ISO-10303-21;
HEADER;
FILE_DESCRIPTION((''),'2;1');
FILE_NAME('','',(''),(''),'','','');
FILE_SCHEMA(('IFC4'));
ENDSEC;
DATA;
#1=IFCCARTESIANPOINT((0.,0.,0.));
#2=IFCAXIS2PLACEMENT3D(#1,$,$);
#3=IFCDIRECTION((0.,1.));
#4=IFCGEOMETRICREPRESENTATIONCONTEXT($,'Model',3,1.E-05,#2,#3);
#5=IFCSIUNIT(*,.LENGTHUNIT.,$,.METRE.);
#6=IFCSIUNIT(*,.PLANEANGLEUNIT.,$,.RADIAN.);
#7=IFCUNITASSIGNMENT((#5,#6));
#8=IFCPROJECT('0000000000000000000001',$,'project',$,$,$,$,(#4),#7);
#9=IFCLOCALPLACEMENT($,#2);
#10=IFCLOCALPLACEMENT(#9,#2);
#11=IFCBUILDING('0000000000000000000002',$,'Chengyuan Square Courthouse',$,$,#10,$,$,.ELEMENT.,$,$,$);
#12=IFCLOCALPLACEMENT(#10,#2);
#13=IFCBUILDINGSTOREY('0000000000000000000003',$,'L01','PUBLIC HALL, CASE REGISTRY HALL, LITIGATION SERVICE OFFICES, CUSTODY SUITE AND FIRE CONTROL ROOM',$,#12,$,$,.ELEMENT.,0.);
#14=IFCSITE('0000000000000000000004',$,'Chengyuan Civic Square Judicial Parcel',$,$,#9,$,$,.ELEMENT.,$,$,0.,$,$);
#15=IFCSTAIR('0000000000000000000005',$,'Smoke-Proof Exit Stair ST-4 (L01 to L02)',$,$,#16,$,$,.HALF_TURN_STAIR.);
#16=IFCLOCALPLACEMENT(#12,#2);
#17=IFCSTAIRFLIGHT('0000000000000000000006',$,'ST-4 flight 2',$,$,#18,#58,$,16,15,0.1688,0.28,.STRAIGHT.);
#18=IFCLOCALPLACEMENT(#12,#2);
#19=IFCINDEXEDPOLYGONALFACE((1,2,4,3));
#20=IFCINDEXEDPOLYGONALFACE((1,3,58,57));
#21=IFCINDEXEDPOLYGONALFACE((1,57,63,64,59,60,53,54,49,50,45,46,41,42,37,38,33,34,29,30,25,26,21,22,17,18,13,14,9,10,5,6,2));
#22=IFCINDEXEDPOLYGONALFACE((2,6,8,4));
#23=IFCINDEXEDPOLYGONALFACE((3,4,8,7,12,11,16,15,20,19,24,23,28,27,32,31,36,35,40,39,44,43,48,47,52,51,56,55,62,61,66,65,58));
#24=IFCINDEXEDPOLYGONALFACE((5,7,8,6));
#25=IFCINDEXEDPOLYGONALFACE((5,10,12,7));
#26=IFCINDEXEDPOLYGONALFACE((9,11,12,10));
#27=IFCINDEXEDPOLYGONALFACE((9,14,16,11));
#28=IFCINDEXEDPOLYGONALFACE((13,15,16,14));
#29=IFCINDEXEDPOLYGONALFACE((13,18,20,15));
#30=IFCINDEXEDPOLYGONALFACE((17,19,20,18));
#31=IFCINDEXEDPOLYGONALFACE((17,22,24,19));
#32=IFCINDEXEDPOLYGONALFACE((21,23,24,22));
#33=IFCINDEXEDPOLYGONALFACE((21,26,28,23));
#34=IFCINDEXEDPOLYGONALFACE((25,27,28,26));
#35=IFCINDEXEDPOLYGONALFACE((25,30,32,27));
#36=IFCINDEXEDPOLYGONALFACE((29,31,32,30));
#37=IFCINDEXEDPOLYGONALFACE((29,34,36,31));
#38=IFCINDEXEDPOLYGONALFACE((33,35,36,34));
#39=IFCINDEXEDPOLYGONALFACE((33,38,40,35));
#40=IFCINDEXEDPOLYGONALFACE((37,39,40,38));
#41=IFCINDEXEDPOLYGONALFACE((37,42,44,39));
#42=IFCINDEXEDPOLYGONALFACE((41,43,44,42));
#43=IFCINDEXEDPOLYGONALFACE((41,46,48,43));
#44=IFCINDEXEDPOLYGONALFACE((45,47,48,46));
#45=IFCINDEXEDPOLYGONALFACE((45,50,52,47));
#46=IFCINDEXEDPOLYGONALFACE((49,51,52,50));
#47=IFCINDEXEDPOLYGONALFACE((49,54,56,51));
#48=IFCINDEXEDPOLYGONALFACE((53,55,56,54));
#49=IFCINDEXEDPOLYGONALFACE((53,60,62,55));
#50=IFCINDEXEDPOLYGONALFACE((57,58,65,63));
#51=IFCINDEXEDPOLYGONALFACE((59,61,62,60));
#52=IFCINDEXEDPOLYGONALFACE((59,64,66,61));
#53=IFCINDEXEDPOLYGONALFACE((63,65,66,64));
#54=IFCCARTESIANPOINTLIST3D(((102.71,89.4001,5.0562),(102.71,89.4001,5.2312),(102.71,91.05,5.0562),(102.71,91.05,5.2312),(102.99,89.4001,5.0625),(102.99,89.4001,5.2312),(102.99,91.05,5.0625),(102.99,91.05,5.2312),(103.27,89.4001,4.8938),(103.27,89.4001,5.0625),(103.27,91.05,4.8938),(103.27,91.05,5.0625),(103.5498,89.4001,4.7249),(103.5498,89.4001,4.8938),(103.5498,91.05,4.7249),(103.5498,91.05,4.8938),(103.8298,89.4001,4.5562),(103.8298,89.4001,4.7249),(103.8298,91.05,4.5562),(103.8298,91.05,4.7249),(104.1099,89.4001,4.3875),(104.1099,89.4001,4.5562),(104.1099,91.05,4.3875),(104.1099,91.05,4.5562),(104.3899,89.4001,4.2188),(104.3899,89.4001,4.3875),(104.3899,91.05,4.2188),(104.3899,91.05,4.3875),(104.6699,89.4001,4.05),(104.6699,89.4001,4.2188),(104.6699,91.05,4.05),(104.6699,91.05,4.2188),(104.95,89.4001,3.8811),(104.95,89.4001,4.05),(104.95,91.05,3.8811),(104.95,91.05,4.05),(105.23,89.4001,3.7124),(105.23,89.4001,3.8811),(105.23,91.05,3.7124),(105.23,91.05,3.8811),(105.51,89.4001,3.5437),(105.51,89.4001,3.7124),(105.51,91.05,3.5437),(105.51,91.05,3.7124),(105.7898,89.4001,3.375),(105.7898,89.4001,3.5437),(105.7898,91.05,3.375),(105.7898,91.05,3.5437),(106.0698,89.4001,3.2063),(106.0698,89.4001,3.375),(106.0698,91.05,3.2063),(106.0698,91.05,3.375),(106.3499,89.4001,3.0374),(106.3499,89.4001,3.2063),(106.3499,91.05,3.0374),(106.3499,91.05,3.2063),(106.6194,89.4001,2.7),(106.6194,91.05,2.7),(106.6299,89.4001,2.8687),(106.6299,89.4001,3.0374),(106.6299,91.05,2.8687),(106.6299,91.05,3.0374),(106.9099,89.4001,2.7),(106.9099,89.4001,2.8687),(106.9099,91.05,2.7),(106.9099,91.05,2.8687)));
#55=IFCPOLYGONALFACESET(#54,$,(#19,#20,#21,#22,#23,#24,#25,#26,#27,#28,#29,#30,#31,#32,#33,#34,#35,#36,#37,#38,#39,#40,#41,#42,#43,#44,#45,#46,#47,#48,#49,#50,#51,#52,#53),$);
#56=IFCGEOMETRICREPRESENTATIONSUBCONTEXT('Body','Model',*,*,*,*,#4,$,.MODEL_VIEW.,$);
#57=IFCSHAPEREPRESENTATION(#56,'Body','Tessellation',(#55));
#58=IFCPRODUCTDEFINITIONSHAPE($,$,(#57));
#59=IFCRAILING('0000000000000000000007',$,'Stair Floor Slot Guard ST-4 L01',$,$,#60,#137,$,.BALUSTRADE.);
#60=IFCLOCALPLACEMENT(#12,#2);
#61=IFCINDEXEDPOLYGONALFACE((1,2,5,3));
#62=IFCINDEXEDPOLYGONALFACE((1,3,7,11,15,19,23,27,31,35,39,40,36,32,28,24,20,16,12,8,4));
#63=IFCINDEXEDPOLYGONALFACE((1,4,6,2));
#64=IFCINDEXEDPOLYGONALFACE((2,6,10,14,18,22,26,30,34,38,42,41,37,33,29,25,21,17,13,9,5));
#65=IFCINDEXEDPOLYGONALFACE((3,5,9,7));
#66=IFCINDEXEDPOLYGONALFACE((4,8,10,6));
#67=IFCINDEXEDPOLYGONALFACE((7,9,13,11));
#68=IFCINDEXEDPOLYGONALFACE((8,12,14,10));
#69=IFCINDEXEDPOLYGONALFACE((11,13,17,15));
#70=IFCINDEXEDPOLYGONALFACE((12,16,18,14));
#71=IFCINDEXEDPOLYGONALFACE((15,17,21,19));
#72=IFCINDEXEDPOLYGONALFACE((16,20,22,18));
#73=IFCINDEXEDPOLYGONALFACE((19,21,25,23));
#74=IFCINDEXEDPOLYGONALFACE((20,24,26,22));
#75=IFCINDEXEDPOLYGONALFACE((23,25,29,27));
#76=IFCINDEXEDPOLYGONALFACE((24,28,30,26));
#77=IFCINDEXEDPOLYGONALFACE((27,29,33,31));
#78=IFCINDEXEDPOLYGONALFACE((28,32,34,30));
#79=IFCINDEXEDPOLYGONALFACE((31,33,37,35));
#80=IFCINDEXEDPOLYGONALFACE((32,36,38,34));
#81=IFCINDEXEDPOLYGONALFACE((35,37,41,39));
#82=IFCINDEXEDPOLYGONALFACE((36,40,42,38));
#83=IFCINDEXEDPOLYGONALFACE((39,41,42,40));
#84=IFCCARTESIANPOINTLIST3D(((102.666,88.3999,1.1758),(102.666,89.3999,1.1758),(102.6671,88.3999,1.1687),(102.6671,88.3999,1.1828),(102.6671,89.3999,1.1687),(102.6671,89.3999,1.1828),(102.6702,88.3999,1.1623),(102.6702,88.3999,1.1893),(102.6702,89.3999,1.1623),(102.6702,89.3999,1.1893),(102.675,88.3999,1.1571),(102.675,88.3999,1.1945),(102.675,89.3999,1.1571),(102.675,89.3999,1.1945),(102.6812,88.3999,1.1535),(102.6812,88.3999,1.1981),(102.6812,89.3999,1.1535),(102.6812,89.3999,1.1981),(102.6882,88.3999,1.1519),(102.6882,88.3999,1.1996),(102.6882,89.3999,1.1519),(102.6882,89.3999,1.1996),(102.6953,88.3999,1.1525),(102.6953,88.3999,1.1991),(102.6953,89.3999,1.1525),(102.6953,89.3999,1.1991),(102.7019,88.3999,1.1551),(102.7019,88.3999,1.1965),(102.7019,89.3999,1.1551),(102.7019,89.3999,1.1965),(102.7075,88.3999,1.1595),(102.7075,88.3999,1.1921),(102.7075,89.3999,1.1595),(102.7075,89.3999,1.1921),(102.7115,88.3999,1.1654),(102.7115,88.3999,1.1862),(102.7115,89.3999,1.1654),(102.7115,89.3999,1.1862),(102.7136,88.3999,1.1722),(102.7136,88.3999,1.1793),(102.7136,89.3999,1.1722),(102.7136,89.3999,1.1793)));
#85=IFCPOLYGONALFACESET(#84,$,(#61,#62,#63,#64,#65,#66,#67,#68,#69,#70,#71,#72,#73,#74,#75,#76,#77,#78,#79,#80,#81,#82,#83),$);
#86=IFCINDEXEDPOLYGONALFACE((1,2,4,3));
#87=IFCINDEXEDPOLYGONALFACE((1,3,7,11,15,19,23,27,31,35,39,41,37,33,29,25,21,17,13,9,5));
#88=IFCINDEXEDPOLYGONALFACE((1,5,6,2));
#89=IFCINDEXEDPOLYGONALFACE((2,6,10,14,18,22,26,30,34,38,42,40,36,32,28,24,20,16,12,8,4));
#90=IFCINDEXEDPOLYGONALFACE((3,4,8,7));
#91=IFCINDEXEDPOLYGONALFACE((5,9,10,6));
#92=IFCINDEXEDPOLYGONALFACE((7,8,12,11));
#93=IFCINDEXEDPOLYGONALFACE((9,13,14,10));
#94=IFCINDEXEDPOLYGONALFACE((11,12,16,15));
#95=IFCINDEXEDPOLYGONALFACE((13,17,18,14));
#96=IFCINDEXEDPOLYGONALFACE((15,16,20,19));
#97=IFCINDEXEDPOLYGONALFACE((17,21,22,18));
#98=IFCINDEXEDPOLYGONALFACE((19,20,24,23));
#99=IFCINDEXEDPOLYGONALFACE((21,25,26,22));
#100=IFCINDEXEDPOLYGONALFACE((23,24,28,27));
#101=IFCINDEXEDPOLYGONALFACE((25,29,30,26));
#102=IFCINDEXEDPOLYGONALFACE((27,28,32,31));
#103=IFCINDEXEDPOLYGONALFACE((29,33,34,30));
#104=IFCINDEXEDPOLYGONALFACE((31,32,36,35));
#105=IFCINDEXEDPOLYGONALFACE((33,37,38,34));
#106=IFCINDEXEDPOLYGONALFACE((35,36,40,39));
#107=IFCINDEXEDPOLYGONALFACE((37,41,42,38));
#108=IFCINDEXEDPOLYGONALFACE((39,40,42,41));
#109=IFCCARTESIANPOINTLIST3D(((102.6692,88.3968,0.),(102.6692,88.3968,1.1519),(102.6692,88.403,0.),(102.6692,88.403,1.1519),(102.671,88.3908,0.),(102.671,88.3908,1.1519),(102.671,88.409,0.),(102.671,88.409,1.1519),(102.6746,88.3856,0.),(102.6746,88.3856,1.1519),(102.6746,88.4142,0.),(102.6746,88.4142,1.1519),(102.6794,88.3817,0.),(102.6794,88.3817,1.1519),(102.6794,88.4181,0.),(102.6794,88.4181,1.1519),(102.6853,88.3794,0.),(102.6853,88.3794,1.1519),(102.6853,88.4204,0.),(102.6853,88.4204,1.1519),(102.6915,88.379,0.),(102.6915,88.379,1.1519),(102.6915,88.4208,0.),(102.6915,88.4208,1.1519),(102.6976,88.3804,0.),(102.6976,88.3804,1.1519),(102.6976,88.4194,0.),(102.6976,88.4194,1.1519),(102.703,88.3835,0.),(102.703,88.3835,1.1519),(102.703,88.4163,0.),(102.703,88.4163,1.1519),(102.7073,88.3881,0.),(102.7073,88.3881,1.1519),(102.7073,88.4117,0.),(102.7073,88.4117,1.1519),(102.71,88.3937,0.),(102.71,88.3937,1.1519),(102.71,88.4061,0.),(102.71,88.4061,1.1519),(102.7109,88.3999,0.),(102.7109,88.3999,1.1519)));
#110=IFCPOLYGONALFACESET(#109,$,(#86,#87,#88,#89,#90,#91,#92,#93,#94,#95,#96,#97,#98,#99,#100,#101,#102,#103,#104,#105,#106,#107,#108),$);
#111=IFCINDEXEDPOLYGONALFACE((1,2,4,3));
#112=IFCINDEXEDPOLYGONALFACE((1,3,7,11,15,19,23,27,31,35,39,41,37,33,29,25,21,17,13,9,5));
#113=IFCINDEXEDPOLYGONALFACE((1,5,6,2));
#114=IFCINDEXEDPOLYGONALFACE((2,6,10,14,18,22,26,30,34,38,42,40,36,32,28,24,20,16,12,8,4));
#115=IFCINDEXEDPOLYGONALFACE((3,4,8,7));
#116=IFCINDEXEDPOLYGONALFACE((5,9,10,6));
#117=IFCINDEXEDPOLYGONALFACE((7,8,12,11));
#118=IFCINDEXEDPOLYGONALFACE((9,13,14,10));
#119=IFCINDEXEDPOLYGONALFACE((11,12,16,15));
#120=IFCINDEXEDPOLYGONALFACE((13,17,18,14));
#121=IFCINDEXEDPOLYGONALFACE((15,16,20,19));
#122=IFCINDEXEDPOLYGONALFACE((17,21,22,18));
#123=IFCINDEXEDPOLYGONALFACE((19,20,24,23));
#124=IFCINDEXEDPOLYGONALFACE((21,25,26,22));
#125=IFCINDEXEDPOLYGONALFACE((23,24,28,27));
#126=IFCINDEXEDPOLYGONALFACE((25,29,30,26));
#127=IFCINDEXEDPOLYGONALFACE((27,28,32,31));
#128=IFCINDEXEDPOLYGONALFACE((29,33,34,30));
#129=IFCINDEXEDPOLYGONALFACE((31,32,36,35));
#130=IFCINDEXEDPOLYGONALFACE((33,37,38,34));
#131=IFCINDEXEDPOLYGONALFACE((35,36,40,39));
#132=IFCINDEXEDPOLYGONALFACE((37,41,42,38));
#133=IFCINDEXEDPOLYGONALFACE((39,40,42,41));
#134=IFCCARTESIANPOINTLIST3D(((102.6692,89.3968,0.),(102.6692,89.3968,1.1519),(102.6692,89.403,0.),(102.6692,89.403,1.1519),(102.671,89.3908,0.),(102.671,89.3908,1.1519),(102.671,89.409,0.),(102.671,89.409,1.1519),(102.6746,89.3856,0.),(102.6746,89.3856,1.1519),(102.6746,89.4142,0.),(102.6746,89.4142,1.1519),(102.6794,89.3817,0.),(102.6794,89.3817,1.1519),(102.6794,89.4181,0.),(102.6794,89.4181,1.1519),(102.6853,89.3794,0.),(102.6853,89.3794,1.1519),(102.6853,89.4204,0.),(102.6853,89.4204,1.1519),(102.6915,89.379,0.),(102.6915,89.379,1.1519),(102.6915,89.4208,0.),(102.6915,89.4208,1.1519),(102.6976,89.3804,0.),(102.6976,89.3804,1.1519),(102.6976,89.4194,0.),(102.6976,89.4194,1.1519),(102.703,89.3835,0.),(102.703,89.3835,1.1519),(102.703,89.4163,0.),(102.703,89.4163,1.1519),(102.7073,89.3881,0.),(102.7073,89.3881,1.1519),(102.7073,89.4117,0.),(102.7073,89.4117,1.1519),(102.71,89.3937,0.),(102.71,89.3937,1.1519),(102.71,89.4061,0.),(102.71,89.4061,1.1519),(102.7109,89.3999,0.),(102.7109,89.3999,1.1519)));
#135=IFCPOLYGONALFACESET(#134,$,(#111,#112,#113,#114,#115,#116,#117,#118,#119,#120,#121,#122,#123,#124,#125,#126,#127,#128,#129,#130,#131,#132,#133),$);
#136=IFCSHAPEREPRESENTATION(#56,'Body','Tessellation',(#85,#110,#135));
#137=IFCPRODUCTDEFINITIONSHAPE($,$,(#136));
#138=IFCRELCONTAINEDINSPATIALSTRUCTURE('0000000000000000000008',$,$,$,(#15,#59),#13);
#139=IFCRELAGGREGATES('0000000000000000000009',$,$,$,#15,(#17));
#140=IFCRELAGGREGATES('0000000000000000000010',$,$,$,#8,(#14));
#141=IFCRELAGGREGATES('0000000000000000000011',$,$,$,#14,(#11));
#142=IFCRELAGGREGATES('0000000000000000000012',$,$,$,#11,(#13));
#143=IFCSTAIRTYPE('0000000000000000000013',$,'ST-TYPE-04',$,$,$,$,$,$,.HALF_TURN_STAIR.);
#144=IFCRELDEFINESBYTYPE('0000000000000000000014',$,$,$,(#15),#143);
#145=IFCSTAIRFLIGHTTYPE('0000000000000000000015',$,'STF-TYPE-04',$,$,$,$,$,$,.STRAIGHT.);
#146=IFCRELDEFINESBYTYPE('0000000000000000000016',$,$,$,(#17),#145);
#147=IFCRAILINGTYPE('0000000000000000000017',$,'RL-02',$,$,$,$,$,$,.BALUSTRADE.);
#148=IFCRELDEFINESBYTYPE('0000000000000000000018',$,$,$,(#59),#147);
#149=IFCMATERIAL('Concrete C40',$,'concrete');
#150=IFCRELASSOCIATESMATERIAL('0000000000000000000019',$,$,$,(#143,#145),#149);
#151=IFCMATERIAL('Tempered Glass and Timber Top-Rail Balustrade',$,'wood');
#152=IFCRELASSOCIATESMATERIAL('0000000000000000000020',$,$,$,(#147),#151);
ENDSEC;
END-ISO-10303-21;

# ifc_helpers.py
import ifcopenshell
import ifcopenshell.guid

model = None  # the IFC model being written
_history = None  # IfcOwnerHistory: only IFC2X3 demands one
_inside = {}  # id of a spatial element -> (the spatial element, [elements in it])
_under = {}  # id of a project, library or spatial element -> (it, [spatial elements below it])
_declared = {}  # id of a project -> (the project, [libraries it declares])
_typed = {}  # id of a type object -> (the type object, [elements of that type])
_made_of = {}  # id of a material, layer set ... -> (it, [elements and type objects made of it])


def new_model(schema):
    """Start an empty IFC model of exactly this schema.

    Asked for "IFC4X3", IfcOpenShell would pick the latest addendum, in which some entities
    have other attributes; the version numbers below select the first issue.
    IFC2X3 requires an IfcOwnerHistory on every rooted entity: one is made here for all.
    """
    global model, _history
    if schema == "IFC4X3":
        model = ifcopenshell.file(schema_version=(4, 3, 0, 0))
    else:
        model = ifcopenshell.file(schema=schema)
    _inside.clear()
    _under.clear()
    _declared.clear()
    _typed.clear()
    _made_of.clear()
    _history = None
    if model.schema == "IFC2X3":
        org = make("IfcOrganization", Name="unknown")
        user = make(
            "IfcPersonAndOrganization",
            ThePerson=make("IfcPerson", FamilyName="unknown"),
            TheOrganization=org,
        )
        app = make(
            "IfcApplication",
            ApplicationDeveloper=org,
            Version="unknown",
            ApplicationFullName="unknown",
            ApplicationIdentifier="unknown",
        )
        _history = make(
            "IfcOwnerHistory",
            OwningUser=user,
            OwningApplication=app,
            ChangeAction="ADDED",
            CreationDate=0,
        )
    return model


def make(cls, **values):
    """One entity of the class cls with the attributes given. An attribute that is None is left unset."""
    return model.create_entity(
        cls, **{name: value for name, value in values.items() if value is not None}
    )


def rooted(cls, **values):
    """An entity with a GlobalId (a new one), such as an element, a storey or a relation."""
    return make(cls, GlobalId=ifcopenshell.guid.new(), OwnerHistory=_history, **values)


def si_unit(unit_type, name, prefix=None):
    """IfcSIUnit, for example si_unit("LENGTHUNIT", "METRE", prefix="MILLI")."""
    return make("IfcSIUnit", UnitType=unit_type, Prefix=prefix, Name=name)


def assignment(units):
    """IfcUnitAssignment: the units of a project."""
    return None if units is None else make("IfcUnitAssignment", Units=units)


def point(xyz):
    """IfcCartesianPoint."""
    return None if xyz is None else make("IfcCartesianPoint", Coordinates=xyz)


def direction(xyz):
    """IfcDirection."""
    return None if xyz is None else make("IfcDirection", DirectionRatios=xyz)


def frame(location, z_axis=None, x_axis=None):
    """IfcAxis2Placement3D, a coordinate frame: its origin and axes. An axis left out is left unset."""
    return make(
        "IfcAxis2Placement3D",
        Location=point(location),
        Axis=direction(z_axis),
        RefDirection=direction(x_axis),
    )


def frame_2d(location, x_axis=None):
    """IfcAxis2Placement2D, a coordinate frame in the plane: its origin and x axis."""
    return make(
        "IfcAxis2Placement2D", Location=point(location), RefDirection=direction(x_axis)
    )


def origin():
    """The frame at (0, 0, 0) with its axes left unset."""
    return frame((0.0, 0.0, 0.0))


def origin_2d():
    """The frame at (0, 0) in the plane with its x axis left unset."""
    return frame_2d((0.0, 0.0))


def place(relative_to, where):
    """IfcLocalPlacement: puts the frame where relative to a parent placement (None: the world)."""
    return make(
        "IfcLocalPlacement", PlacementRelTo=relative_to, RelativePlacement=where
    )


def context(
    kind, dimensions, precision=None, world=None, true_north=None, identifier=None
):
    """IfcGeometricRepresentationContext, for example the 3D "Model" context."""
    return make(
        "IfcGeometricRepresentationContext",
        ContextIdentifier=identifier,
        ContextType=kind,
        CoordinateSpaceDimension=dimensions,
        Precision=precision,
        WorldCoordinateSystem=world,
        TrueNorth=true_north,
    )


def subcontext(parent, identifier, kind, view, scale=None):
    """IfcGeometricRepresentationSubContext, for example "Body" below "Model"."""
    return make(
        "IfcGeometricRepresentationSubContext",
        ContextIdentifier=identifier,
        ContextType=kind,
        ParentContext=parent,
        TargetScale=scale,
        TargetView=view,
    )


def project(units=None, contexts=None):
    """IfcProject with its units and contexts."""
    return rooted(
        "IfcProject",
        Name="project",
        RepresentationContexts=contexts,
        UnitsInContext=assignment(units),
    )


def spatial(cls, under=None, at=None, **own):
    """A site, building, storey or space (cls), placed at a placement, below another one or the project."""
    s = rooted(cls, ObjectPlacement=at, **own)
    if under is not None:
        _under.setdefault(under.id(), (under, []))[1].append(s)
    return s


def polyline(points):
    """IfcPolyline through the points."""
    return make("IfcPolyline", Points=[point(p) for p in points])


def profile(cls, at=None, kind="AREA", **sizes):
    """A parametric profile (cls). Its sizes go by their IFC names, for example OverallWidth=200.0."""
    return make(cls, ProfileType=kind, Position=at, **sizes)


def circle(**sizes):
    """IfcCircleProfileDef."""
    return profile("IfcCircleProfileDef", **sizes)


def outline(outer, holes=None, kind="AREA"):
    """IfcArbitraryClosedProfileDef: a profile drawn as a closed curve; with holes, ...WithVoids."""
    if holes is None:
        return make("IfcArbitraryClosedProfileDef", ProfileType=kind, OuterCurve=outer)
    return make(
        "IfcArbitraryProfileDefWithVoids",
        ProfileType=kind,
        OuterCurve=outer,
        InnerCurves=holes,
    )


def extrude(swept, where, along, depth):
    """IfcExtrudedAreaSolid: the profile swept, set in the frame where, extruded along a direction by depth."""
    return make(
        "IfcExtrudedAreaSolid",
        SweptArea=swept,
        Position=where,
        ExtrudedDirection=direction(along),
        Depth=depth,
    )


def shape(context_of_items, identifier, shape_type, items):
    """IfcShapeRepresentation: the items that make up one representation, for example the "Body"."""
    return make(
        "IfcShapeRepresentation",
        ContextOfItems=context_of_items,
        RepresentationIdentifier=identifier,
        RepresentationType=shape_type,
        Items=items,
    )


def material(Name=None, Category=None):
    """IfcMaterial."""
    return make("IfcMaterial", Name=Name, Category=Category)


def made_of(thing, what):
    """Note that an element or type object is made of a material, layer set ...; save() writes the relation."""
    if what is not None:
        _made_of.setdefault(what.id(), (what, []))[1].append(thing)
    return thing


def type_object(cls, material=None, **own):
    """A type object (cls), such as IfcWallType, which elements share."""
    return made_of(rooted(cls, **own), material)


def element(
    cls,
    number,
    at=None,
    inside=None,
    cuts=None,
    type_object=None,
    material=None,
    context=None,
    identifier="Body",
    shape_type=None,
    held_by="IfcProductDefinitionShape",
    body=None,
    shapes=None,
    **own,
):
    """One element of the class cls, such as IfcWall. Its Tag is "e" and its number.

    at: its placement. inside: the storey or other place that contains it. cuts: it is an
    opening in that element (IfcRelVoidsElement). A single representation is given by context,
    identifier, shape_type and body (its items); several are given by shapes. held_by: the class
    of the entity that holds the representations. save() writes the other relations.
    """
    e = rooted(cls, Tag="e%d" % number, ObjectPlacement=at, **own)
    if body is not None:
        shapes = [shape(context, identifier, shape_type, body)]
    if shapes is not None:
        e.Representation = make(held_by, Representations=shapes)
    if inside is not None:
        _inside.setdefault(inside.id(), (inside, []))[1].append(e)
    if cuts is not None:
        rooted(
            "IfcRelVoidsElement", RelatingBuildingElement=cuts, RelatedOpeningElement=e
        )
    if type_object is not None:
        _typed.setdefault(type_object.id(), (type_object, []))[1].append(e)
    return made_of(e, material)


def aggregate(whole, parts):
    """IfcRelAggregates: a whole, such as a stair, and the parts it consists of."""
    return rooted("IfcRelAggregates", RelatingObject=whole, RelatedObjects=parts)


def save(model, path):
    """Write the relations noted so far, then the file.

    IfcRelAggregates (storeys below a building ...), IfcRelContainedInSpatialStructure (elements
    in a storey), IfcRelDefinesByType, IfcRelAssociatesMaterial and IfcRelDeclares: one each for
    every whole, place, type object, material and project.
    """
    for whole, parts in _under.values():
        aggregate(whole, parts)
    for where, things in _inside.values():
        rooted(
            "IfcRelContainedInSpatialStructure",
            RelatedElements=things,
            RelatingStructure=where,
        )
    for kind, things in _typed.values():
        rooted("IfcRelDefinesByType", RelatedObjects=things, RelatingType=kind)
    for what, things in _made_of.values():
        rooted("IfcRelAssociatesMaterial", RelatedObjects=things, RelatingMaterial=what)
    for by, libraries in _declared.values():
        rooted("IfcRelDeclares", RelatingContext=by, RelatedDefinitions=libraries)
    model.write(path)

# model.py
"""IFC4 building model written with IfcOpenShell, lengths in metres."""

from ifc_helpers import new_model, si_unit, direction, frame, origin, origin_2d, place, context, subcontext, project, spatial, polyline, circle, outline, extrude, material, type_object, element, aggregate, save


model = new_model("IFC4")

# Units and contexts
model_context = context("Model", 3, precision=1e-05, world=origin(), true_north=direction((0.0, 1.0)))
body_context = subcontext(model_context, "Body", "Model", "MODEL_VIEW")
ifc_project = project(units=[si_unit("LENGTHUNIT", "METRE"), si_unit("PLANEANGLEUNIT", "RADIAN")], contexts=[model_context])

# Site, building, storey
site_placement = place(None, origin())
site = spatial("IfcSite", under=ifc_project, at=site_placement, Name="Chengyuan Civic Square Judicial Parcel", CompositionType="ELEMENT", RefElevation=0.0)
building_placement = place(site_placement, origin())
building = spatial("IfcBuilding", under=site, at=building_placement, Name="Chengyuan Square Courthouse", CompositionType="ELEMENT")
storey_placement = place(building_placement, origin())
storey = spatial("IfcBuildingStorey", under=building, at=storey_placement, Name="L01", Description="PUBLIC HALL, CASE REGISTRY HALL, LITIGATION SERVICE OFFICES, CUSTODY SUITE AND FIRE CONTROL ROOM", CompositionType="ELEMENT", Elevation=0.0)

# Shared definitions
ifc_material_1 = material(Name="Concrete C40", Category="concrete")

# Stair, stair flight
stair_type = type_object("IfcStairType", Name="ST-TYPE-04", PredefinedType="HALF_TURN_STAIR", material=ifc_material_1)
stair_placement = place(storey_placement, origin())
stair = element("IfcStair", 1, at=stair_placement, inside=storey, type_object=stair_type, Name="Smoke-Proof Exit Stair ST-4 (L01 to L02)", PredefinedType="HALF_TURN_STAIR")
stair_flight_type = type_object("IfcStairFlightType", Name="STF-TYPE-04", PredefinedType="STRAIGHT", material=ifc_material_1)
stair_flight_1_placement = place(storey_placement, frame((106.9099, 90.2251, 2.7), z_axis=(0.0, 0.0, 1.0), x_axis=(-1.0, 0.0, 0.0)))
stair_flight_1 = element("IfcStairFlight", 2, at=stair_flight_1_placement, type_object=stair_flight_type, Name="ST-4 flight 2", NumberOfRisers=16, NumberOfTreads=15, PredefinedType="STRAIGHT", RiserHeight=0.1688, TreadLength=0.28, context=body_context, shape_type="SweptSolid", body=[
    extrude(outline(polyline([(0.0, 0.0), (0.0, 0.1687), (0.28, 0.1687), (0.28, 0.3374), (0.5601, 0.3374), (0.5601, 0.5063), (0.8401, 0.5063), (0.8401, 0.675), (1.1201, 0.675), (1.1201, 0.8438), (1.3999, 0.8438), (1.3999, 1.0125), (1.6799, 1.0125), (1.6799, 1.1812), (1.96, 1.1812), (1.96, 1.3501), (2.24, 1.3501), (2.24, 1.5188), (2.52, 1.5188), (2.52, 1.6875), (2.8, 1.6875), (2.8, 1.8562), (3.0801, 1.8562), (3.0801, 2.0249), (3.3601, 2.0249), (3.3601, 2.1938), (3.6399, 2.1938), (3.6399, 2.3625), (3.9199, 2.3625), (3.9199, 2.5312), (4.2, 2.5312), (4.2, 2.7), (4.2, 2.3562), (0.2905, 0.0), (0.0, 0.0)])), frame((0.0, 0.825, 0.0), z_axis=(0.0, -1.0, 0.0), x_axis=(1.0, 0.0, 0.0)), (0.0, 0.0, 1.0), 1.6499),
])
aggregate(stair, [stair_flight_1])

# Railing
ifc_material_2 = material(Name="Tempered Glass and Timber Top-Rail Balustrade", Category="wood")
railing_type_1 = type_object("IfcRailingType", Name="RL-02", PredefinedType="BALUSTRADE", material=ifc_material_2)
for number, where, name in (
    (3, (102.6899, 88.3999, 0.0), "Stair Floor Slot Guard ST-4 L01"),
):
    element("IfcRailing", number, at=place(storey_placement, frame(where)), inside=storey, type_object=railing_type_1, Name=name, PredefinedType="BALUSTRADE", context=body_context, shape_type="SweptSolid", body=[
        extrude(circle(Radius=0.0239, at=origin_2d()), frame((0.0, 0.0, 1.1758), z_axis=(0.0, 1.0, 0.0), x_axis=(-1.0, 0.0, 0.0)), (0.0, 0.0, 1.0), 1.0),
        extrude(circle(Radius=0.021, at=origin_2d()), origin(), (0.0, 0.0, 1.0), 1.1519),
        extrude(circle(Radius=0.021, at=origin_2d()), frame((0.0, 1.0, 0.0)), (0.0, 0.0, 1.0), 1.1519),
    ])

save(model, "model.ifc")
